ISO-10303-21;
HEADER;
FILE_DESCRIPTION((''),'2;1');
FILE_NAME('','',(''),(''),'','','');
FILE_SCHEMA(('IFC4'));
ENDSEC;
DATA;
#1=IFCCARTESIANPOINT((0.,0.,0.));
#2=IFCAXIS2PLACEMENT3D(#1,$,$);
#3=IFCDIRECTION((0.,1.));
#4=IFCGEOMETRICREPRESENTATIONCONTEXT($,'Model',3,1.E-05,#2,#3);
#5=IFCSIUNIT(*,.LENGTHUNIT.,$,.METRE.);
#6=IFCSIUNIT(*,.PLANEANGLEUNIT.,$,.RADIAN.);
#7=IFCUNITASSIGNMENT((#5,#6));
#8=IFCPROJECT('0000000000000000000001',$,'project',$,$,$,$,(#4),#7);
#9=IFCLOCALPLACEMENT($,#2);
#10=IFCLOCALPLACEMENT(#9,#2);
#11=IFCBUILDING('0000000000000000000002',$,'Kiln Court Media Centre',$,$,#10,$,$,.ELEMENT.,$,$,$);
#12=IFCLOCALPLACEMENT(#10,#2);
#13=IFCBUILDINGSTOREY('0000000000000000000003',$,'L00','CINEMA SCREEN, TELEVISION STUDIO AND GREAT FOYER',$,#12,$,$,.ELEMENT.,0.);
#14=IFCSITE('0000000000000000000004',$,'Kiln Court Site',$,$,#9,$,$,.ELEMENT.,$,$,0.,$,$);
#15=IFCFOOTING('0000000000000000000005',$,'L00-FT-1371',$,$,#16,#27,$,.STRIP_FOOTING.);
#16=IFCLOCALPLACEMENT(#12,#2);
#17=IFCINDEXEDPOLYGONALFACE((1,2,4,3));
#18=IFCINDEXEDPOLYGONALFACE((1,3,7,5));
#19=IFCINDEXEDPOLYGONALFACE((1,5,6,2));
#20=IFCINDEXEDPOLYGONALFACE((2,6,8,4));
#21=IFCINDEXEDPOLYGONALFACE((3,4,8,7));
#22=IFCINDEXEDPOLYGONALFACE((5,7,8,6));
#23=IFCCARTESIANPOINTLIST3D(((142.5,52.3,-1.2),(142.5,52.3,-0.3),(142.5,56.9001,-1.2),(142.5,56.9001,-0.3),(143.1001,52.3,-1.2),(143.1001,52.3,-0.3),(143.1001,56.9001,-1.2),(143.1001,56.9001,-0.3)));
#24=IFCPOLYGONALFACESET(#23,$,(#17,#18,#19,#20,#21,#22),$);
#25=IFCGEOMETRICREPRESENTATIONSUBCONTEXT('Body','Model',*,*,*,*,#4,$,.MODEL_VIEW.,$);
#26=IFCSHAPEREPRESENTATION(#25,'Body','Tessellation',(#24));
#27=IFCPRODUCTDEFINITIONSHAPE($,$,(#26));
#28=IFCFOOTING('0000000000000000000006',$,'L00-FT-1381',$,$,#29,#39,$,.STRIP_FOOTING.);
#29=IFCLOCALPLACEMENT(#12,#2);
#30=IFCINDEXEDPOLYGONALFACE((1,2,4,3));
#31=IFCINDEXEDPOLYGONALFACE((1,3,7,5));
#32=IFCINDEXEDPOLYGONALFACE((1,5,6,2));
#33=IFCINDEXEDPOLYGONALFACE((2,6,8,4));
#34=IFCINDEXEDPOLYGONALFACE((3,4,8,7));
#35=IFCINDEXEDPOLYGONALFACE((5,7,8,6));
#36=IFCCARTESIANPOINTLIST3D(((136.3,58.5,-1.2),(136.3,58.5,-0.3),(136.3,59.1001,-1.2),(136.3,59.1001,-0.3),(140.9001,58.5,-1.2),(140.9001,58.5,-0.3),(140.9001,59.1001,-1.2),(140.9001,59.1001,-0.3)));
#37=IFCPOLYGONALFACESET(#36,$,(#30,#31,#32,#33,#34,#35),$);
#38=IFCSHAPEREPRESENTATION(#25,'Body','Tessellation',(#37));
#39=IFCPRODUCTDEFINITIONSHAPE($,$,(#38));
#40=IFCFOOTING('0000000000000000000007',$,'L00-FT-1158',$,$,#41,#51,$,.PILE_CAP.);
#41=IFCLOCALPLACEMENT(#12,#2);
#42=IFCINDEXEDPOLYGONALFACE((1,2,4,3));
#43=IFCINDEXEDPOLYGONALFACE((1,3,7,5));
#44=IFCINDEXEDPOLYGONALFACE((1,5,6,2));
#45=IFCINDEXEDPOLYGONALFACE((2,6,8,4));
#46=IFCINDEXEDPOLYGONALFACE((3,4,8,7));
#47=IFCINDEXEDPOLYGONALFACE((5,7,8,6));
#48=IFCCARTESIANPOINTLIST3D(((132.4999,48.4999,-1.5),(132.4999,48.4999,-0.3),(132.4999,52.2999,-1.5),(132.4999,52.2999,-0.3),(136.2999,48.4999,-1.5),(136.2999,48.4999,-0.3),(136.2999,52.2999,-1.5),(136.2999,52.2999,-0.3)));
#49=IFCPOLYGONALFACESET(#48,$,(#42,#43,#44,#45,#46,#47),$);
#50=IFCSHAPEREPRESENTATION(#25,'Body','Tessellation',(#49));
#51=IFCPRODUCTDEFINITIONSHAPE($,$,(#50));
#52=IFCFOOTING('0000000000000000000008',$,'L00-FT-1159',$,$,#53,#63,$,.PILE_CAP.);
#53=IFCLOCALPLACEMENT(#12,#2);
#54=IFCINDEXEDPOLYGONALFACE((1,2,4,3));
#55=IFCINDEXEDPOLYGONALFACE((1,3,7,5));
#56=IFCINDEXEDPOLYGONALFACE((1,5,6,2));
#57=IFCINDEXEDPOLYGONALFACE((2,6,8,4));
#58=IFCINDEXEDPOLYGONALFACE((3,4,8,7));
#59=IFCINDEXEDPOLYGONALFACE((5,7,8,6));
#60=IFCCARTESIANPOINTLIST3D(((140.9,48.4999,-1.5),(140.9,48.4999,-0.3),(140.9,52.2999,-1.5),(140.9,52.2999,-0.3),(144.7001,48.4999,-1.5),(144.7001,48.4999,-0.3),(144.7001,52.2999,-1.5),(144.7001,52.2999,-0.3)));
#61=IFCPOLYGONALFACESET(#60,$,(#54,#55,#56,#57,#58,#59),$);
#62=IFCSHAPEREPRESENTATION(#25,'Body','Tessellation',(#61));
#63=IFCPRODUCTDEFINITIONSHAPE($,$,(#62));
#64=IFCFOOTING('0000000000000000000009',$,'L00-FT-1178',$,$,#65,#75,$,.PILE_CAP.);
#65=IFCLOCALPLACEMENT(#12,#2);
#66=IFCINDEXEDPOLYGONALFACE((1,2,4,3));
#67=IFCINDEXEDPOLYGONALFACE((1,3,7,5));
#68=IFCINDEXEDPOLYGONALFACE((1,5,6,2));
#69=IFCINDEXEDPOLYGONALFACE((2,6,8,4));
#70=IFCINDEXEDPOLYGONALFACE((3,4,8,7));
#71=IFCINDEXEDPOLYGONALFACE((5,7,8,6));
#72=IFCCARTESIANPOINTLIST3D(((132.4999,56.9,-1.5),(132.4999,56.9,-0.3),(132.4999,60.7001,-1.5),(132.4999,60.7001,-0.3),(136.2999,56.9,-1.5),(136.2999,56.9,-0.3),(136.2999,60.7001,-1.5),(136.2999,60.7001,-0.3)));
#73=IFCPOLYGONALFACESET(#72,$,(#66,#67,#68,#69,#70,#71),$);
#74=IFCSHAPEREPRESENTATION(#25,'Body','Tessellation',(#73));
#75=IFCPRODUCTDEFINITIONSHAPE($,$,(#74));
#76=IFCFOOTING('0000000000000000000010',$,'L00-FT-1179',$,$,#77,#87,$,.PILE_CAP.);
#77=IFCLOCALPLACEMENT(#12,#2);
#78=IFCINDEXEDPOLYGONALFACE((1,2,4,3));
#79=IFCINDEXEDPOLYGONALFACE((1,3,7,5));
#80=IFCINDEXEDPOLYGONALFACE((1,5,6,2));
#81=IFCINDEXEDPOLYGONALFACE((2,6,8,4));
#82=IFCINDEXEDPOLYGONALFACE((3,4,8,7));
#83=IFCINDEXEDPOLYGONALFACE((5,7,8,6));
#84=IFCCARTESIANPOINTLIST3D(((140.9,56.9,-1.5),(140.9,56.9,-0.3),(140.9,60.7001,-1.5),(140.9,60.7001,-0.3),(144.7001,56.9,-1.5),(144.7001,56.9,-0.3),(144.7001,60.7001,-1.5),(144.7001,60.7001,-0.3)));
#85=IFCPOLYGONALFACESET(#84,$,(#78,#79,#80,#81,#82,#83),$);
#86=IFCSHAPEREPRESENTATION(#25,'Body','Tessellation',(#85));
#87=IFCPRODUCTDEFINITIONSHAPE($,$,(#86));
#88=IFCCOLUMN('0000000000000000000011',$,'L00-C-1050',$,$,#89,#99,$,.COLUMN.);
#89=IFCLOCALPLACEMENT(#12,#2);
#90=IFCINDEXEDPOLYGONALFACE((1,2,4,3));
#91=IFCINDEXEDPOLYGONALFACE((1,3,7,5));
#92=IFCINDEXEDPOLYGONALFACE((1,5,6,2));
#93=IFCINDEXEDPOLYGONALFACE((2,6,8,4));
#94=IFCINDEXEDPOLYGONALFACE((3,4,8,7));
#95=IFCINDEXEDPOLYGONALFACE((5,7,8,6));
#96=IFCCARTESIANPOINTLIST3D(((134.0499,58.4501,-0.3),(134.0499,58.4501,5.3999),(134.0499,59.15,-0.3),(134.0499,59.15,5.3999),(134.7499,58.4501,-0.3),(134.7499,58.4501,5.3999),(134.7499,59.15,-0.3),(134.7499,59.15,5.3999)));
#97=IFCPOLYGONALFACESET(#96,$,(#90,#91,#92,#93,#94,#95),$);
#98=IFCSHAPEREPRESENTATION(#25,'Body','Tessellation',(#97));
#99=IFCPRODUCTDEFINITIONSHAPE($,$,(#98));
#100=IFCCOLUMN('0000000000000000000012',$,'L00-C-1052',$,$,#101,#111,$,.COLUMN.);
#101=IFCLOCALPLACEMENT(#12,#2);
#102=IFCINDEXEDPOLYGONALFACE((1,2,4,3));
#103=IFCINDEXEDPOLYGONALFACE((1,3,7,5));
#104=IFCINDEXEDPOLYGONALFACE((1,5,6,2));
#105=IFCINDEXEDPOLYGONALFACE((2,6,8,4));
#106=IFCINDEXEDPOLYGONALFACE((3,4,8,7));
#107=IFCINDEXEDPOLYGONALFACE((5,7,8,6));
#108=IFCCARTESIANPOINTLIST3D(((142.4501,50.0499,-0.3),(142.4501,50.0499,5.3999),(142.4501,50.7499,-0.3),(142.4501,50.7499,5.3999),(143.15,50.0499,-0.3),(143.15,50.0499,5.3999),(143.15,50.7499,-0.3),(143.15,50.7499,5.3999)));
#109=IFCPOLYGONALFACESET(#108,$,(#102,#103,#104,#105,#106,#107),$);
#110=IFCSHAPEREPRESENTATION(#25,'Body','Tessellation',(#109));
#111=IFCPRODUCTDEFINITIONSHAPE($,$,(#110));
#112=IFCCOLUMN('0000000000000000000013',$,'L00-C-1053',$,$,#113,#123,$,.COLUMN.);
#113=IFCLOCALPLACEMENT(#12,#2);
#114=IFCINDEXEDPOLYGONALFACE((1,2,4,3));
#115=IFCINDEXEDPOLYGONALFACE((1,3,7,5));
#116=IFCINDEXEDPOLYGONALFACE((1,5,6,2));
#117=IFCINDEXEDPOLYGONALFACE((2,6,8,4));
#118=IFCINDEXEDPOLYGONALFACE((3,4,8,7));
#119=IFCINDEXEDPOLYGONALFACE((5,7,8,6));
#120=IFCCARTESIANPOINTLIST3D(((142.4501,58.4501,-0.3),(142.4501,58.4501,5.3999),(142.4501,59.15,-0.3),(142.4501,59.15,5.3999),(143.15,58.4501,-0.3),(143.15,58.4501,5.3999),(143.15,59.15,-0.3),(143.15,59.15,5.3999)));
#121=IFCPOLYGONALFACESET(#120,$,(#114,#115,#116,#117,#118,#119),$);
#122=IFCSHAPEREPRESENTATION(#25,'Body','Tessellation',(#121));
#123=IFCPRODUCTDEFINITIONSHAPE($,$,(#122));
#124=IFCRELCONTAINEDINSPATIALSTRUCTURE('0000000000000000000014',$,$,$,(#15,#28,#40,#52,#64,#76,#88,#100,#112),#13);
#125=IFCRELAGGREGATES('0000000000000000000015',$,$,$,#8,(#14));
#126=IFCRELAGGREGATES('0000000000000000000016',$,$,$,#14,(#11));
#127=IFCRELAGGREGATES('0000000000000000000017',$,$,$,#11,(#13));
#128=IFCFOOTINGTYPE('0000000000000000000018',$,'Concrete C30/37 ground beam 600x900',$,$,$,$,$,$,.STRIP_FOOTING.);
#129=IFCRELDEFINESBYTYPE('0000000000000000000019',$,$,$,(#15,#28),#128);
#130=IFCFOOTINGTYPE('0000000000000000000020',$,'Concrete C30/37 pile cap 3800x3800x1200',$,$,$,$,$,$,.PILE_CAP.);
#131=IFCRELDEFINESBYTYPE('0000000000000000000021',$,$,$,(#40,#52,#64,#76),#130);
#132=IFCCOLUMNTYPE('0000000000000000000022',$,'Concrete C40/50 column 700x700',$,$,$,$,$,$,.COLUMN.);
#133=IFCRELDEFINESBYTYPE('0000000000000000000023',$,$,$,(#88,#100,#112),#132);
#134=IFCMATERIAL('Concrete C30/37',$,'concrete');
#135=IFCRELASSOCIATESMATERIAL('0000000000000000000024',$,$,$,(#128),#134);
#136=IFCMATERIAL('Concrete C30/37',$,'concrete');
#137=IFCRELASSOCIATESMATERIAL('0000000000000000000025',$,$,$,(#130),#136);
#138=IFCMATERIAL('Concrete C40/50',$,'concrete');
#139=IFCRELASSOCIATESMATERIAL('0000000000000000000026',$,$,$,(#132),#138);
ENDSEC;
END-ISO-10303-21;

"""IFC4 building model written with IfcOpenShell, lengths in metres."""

from ifc_helpers import new_model, si_unit, direction, frame, origin, origin_2d, place, context, subcontext, project, spatial, rectangle, extrude, material, material_profile, profile_set, type_object, element, save


model = new_model("IFC4")

# Units and contexts
model_context = context("Model", 3, precision=1e-05, world=origin(), true_north=direction((0.0, 1.0)))
body_context = subcontext(model_context, "Body", "Model", "MODEL_VIEW")
ifc_project = project(units=[si_unit("LENGTHUNIT", "METRE"), si_unit("PLANEANGLEUNIT", "RADIAN")], contexts=[model_context])

# Site, building, storey
site_placement = place(None, origin())
site = spatial("IfcSite", under=ifc_project, at=site_placement, Name="Kiln Court Site", CompositionType="ELEMENT", RefElevation=0.0)
building_placement = place(site_placement, origin())
building = spatial("IfcBuilding", under=site, at=building_placement, Name="Kiln Court Media Centre", CompositionType="ELEMENT")
storey_placement = place(building_placement, origin())
storey = spatial("IfcBuildingStorey", under=building, at=storey_placement, Name="L00", Description="CINEMA SCREEN, TELEVISION STUDIO AND GREAT FOYER", CompositionType="ELEMENT", Elevation=0.0)

# Footings
ifc_material_1 = material(Name="Concrete C30/37", Category="concrete")
footing_type_1 = type_object("IfcFootingType", Name="Concrete C30/37 ground beam 600x900", PredefinedType="STRIP_FOOTING", material=ifc_material_1)
for number, where, z_axis, x_axis, name in (
    (1, (142.8, 54.6001, -1.2), (0.0, 0.0, 1.0), (1.0, 0.0, 0.0), "L00-FT-1371"),
):
    element("IfcFooting", number, at=place(storey_placement, frame(where, z_axis=z_axis, x_axis=x_axis)), inside=storey, type_object=footing_type_1, Name=name, PredefinedType="STRIP_FOOTING", context=body_context, shape_type="SweptSolid", body=[
        extrude(rectangle(XDim=0.6001, YDim=4.6001, at=origin_2d()), origin(), (0.0, 0.0, 1.0), 0.8999),
    ])
footing_1_placement = place(storey_placement, frame((138.6001, 58.8, -1.2), z_axis=(0.0, 0.0, 1.0), x_axis=(1.0, 0.0, 0.0)))
element("IfcFooting", 2, at=footing_1_placement, inside=storey, type_object=footing_type_1, Name="L00-FT-1381", PredefinedType="STRIP_FOOTING", context=body_context, shape_type="SweptSolid", body=[
    extrude(rectangle(XDim=4.6001, YDim=0.6001, at=origin_2d()), origin(), (0.0, 0.0, 1.0), 0.8999),
])
ifc_material_2 = material(Name="Concrete C30/37", Category="concrete")
footing_type_2 = type_object("IfcFootingType", Name="Concrete C30/37 pile cap 3800x3800x1200", PredefinedType="PILE_CAP", material=ifc_material_2)
for number, where, z_axis, x_axis, name in (
    (3, (134.3999, 50.3999, -1.5), (0.0, 0.0, 1.0), (1.0, 0.0, 0.0), "L00-FT-1158"),
    (4, (142.8, 50.3999, -1.5), (0.0, 0.0, 1.0), (1.0, 0.0, 0.0), "L00-FT-1159"),
    (5, (134.3999, 58.8, -1.5), (0.0, 0.0, 1.0), (1.0, 0.0, 0.0), "L00-FT-1178"),
    (6, (142.8, 58.8, -1.5), (0.0, 0.0, 1.0), (1.0, 0.0, 0.0), "L00-FT-1179"),
):
    element("IfcFooting", number, at=place(storey_placement, frame(where, z_axis=z_axis, x_axis=x_axis)), inside=storey, type_object=footing_type_2, Name=name, PredefinedType="PILE_CAP", context=body_context, shape_type="SweptSolid", body=[
        extrude(rectangle(XDim=3.8, YDim=3.8, at=origin_2d()), origin(), (0.0, 0.0, 1.0), 1.2),
    ])

# Columns
ifc_material_3 = material(Name="Concrete C40/50", Category="concrete")
ifc_material_profile_1 = material_profile(ifc_material_3, rectangle(XDim=0.7, YDim=0.7, at=origin_2d()), Name="RC 700x700")
ifc_profile_set_1 = profile_set([ifc_material_profile_1], Name="Concrete C40/50")
column_type = type_object("IfcColumnType", Name="Concrete C40/50 column 700x700", PredefinedType="COLUMN", material=ifc_profile_set_1)
for number, where, z_axis, x_axis, name in (
    (7, (134.3999, 58.8, -0.3), (0.0, 0.0, 1.0), (1.0, 0.0, 0.0), "L00-C-1050"),
    (8, (142.8, 50.3999, -0.3), (0.0, 0.0, 1.0), (1.0, 0.0, 0.0), "L00-C-1052"),
    (9, (142.8, 58.8, -0.3), (0.0, 0.0, 1.0), (1.0, 0.0, 0.0), "L00-C-1053"),
):
    element("IfcColumn", number, at=place(storey_placement, frame(where, z_axis=z_axis, x_axis=x_axis)), inside=storey, type_object=column_type, Name=name, PredefinedType="COLUMN", context=body_context, shape_type="SweptSolid", body=[
        extrude(rectangle(XDim=0.7, YDim=0.7, at=origin_2d()), origin(), (0.0, 0.0, 1.0), 5.7),
    ])

save(model, "model.ifc")
